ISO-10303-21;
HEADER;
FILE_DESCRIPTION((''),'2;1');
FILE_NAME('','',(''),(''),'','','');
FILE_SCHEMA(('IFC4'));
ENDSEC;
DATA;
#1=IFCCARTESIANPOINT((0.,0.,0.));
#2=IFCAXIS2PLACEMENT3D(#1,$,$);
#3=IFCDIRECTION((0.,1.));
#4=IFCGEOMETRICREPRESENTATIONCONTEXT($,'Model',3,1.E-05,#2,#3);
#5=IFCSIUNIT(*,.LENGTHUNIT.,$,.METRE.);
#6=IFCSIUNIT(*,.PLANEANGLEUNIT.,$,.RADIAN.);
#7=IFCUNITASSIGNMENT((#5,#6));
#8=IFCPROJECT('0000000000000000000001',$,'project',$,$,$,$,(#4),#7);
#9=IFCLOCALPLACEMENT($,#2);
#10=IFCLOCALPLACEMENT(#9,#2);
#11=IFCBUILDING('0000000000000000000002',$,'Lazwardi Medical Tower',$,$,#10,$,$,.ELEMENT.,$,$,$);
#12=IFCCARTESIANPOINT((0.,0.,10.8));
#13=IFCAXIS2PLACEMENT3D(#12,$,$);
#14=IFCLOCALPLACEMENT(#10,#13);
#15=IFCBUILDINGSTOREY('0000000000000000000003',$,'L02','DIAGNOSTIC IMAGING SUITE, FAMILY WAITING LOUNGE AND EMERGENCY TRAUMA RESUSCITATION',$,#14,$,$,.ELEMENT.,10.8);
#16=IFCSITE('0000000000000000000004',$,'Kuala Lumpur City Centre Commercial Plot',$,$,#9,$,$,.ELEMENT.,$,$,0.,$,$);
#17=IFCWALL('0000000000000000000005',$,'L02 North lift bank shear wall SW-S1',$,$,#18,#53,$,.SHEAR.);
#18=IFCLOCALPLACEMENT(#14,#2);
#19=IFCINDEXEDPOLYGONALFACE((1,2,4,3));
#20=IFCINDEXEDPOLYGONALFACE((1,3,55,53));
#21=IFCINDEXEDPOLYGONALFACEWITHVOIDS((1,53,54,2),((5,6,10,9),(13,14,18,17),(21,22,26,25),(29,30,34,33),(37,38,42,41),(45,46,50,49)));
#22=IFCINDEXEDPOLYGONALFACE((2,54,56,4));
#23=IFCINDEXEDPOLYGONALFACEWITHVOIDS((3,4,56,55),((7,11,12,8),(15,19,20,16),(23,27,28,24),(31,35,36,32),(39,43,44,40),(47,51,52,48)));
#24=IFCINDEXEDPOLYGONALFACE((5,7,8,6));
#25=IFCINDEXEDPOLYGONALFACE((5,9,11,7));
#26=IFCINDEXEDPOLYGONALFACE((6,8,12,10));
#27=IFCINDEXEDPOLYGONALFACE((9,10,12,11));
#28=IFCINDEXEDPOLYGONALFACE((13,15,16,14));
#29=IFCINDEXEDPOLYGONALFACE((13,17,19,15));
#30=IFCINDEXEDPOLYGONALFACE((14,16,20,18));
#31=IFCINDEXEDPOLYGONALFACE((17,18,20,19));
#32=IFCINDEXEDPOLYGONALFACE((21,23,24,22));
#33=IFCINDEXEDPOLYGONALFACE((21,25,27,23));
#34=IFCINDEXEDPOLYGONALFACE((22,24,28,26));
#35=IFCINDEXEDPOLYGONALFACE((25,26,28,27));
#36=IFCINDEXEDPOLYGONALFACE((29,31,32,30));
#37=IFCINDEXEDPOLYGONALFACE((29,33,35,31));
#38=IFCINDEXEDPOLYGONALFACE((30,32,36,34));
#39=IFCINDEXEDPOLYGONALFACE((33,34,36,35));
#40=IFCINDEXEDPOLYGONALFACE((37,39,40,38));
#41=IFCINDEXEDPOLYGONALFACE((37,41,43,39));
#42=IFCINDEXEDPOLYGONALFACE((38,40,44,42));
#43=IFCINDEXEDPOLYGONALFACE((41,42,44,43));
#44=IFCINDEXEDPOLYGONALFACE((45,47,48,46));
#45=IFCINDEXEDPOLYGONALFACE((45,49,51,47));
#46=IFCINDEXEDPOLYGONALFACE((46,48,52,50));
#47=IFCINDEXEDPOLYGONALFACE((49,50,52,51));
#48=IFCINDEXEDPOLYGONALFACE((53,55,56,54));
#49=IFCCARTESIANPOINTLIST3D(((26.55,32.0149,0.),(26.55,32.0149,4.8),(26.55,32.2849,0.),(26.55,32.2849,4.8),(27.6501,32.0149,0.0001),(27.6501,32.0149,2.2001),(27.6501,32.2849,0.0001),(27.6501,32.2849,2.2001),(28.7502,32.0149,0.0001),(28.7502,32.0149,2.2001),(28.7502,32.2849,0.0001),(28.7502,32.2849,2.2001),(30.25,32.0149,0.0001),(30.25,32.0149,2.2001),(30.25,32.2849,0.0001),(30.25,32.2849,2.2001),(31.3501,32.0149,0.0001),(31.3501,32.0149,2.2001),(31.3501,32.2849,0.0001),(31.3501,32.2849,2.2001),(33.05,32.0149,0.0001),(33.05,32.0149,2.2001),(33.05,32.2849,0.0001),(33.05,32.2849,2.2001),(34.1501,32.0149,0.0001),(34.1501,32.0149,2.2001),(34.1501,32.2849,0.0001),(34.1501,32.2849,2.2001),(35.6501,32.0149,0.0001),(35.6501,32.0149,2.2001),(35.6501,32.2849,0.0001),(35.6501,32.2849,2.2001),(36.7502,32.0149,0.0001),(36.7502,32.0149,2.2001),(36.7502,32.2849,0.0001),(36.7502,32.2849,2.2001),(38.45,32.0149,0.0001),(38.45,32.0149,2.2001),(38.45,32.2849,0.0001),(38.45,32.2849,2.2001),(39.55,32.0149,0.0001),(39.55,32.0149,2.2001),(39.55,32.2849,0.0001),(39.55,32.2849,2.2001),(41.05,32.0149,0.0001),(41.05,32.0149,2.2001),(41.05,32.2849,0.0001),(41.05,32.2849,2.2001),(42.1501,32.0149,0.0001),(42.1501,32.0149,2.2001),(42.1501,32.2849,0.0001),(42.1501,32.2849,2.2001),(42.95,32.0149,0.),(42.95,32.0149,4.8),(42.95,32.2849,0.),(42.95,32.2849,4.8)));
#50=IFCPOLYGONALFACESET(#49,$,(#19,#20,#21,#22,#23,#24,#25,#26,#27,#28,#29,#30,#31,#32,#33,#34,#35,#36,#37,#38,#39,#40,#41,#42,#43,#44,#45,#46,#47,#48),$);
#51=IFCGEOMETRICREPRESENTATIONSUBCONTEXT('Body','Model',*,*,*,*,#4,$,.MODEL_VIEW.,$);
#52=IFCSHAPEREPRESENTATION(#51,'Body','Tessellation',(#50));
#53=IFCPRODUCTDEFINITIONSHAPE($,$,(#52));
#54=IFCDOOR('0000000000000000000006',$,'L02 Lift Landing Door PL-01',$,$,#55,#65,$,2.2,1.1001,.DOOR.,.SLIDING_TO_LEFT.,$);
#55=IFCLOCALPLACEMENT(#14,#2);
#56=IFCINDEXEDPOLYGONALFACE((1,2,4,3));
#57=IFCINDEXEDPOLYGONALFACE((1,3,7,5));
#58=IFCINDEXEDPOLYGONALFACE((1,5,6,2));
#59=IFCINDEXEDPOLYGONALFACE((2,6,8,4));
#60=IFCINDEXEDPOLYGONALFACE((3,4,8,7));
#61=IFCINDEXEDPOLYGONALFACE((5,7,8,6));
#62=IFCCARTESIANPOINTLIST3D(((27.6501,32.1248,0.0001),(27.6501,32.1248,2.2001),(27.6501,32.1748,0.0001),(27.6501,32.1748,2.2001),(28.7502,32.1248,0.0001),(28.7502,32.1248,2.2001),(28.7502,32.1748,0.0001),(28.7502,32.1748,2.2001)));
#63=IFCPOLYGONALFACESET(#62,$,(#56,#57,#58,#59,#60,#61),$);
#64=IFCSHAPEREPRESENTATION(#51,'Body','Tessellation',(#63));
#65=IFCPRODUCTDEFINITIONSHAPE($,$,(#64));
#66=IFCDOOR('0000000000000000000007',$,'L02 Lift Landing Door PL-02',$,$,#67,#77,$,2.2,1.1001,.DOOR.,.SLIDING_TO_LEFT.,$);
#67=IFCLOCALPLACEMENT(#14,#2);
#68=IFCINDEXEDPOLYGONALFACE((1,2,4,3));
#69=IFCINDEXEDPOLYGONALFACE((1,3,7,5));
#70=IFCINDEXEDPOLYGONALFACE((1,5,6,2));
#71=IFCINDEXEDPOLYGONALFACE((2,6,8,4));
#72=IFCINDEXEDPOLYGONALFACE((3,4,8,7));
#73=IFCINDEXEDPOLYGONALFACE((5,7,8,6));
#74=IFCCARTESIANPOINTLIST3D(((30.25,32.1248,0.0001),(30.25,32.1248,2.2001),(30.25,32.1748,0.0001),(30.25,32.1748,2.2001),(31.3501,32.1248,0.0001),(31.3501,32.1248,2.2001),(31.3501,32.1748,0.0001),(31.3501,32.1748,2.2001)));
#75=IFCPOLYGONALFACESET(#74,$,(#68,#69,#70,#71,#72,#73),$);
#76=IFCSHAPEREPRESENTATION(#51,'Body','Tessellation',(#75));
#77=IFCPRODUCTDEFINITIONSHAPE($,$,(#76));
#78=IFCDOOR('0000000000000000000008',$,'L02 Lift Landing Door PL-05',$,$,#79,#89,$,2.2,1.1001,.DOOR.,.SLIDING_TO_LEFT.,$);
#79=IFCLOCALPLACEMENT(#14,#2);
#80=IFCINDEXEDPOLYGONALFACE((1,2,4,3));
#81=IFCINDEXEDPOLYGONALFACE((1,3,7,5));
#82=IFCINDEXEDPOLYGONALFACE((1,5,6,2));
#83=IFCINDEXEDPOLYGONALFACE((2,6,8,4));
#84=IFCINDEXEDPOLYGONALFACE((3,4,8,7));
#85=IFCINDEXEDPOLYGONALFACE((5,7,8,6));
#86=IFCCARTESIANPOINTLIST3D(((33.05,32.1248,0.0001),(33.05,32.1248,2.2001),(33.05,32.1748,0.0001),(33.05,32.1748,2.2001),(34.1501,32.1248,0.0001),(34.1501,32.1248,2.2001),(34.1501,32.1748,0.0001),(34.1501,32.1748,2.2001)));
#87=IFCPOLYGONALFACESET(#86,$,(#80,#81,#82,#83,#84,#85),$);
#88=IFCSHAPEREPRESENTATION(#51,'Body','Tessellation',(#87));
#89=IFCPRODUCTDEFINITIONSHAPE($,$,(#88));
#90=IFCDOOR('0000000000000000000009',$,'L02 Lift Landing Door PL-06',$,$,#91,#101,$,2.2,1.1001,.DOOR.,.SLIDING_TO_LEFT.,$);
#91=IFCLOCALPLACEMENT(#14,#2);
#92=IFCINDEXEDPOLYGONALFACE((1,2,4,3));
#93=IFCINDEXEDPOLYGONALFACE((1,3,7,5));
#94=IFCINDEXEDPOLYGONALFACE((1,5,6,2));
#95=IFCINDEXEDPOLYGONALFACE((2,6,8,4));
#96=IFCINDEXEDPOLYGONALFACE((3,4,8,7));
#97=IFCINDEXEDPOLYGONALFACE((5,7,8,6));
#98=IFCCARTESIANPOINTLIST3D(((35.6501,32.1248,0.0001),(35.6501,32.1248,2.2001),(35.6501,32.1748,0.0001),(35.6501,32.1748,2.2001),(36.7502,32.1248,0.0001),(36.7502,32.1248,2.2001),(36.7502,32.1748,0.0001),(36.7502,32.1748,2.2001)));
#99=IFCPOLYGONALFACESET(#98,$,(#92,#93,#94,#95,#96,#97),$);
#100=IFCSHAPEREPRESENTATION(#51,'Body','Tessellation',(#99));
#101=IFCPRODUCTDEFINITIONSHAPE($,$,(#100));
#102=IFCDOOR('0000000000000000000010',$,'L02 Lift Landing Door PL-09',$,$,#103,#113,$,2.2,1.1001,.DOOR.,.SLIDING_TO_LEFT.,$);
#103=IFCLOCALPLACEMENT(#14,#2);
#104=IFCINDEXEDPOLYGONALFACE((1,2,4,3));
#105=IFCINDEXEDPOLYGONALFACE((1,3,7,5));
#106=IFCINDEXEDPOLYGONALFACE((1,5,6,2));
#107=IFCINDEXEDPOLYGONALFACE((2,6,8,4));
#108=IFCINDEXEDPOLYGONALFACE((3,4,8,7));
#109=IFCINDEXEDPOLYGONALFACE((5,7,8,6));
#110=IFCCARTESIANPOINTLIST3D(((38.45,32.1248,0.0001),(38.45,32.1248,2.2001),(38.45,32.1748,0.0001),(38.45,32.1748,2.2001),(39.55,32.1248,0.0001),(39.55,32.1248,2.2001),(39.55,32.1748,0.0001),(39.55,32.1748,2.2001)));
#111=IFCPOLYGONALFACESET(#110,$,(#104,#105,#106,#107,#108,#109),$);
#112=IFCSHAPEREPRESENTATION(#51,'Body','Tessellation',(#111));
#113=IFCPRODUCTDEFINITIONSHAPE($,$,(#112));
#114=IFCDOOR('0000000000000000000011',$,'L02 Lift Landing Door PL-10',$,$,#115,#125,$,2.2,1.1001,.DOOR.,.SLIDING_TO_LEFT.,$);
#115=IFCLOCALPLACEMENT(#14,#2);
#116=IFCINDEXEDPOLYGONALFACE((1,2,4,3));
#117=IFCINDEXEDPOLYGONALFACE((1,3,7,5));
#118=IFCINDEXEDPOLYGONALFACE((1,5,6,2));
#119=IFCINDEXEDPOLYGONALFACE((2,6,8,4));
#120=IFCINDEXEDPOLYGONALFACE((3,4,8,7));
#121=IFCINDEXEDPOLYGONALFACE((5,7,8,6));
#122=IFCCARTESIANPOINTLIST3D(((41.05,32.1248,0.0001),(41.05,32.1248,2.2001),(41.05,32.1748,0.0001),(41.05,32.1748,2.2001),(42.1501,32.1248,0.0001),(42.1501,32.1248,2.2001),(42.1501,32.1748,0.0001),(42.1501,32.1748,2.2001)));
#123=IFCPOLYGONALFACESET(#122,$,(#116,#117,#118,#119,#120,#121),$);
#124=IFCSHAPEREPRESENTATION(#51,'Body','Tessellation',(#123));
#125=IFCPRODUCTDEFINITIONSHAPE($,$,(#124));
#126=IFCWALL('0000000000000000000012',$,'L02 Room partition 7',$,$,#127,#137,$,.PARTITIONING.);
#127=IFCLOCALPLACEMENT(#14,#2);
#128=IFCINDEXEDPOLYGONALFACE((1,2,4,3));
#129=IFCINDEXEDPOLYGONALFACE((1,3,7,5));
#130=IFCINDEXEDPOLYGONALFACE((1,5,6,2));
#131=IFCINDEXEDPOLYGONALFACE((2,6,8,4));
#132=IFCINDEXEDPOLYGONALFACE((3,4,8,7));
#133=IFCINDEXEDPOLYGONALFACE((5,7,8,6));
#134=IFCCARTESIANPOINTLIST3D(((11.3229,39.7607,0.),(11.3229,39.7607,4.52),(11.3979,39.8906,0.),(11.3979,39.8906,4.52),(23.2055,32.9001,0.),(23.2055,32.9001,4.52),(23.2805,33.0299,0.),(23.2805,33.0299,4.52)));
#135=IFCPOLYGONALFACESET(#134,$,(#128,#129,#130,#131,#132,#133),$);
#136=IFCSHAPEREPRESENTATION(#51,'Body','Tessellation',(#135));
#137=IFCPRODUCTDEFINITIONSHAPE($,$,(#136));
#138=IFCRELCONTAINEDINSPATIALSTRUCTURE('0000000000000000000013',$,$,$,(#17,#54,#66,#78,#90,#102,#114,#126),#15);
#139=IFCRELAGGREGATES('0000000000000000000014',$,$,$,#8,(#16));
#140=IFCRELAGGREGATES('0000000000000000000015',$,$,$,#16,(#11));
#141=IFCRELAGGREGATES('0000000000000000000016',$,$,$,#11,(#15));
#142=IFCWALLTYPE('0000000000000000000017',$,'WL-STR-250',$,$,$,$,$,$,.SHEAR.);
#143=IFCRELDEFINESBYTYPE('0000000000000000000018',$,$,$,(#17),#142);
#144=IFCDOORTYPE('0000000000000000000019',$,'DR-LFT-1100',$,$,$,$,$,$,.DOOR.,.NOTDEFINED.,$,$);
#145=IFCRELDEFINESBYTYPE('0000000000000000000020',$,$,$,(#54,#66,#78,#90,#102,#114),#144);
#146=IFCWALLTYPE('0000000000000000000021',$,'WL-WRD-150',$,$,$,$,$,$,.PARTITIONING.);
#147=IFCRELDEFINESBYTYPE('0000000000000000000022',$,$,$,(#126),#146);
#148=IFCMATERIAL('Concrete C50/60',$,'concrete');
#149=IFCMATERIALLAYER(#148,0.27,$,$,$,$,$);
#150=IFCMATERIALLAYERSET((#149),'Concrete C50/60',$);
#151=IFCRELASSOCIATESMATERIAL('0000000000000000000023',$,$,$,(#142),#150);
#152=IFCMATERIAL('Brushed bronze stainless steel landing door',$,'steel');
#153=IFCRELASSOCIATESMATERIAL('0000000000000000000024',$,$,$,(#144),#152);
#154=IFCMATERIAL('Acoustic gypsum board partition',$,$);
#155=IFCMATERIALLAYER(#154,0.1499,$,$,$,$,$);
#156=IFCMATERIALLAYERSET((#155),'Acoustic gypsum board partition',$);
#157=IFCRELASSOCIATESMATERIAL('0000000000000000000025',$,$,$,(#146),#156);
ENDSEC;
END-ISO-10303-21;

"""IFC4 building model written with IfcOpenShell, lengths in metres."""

from ifc_helpers import new_model, si_unit, direction, frame, frame_2d, origin, place, context, subcontext, project, spatial, rectangle, extrude, material, layer, layer_set, type_object, element, fill, save


model = new_model("IFC4")

# Units and contexts
model_context = context("Model", 3, precision=1e-05, world=origin(), true_north=direction((0.0, 1.0)))
body_context = subcontext(model_context, "Body", "Model", "MODEL_VIEW")
ifc_project = project(units=[si_unit("LENGTHUNIT", "METRE"), si_unit("PLANEANGLEUNIT", "RADIAN")], contexts=[model_context])

# Site, building, storey
site_placement = place(None, origin())
site = spatial("IfcSite", under=ifc_project, at=site_placement, Name="Kuala Lumpur City Centre Commercial Plot", CompositionType="ELEMENT", RefElevation=0.0)
building_placement = place(site_placement, origin())
building = spatial("IfcBuilding", under=site, at=building_placement, Name="Lazwardi Medical Tower", CompositionType="ELEMENT")
storey_placement = place(building_placement, frame((0.0, 0.0, 10.8)))
storey = spatial("IfcBuildingStorey", under=building, at=storey_placement, Name="L02", Description="DIAGNOSTIC IMAGING SUITE, FAMILY WAITING LOUNGE AND EMERGENCY TRAUMA RESUSCITATION", CompositionType="ELEMENT", Elevation=10.8)

# Shared definitions
ifc_material_1 = material(Name="Concrete C50/60", Category="concrete")
ifc_layer_1 = layer(ifc_material_1, 0.27)
ifc_layer_set_1 = layer_set([ifc_layer_1], Name="Concrete C50/60")
wall_type_1 = type_object("IfcWallType", Name="WL-STR-250", PredefinedType="SHEAR", material=ifc_layer_set_1)

# Wall, openings, doors
wall_1_placement = place(storey_placement, frame((26.55, 32.1499, 0.0), z_axis=(0.0, 0.0, 1.0), x_axis=(1.0, 0.0, 0.0)))
wall_1 = element("IfcWall", 1, at=wall_1_placement, inside=storey, type_object=wall_type_1, Name="L02 North lift bank shear wall SW-S1", PredefinedType="SHEAR", context=body_context, shape_type="SweptSolid", body=[
    extrude(rectangle(XDim=16.3999, YDim=0.27, at=frame_2d((8.2, 0.0))), origin(), (0.0, 0.0, 1.0), 4.8),
])
opening_1_placement = place(wall_1_placement, frame((1.1001, 0.0, 0.0)))
opening_1 = element("IfcOpeningElement", 2, at=opening_1_placement, cuts=wall_1, PredefinedType="OPENING", context=body_context, shape_type="SweptSolid", body=[
    extrude(rectangle(XDim=1.1001, YDim=2.2, at=frame_2d((0.55, 1.1001))), frame((0.0, 0.145, 0.0), z_axis=(0.0, -1.0, 0.0), x_axis=(1.0, 0.0, 0.0)), (0.0, 0.0, 1.0), 0.29),
])
opening_2_placement = place(wall_1_placement, frame((3.7, 0.0, 0.0)))
opening_2 = element("IfcOpeningElement", 3, at=opening_2_placement, cuts=wall_1, PredefinedType="OPENING", context=body_context, shape_type="SweptSolid", body=[
    extrude(rectangle(XDim=1.1001, YDim=2.2, at=frame_2d((0.55, 1.1001))), frame((0.0, 0.145, 0.0), z_axis=(0.0, -1.0, 0.0), x_axis=(1.0, 0.0, 0.0)), (0.0, 0.0, 1.0), 0.29),
])
opening_3_placement = place(wall_1_placement, frame((6.5, 0.0, 0.0)))
opening_3 = element("IfcOpeningElement", 4, at=opening_3_placement, cuts=wall_1, PredefinedType="OPENING", context=body_context, shape_type="SweptSolid", body=[
    extrude(rectangle(XDim=1.1001, YDim=2.2, at=frame_2d((0.55, 1.1001))), frame((0.0, 0.145, 0.0), z_axis=(0.0, -1.0, 0.0), x_axis=(1.0, 0.0, 0.0)), (0.0, 0.0, 1.0), 0.29),
])
opening_4_placement = place(wall_1_placement, frame((9.1001, 0.0, 0.0)))
opening_4 = element("IfcOpeningElement", 5, at=opening_4_placement, cuts=wall_1, PredefinedType="OPENING", context=body_context, shape_type="SweptSolid", body=[
    extrude(rectangle(XDim=1.1001, YDim=2.2, at=frame_2d((0.55, 1.1001))), frame((0.0, 0.145, 0.0), z_axis=(0.0, -1.0, 0.0), x_axis=(1.0, 0.0, 0.0)), (0.0, 0.0, 1.0), 0.29),
])
opening_5_placement = place(wall_1_placement, frame((11.8999, 0.0, 0.0)))
opening_5 = element("IfcOpeningElement", 6, at=opening_5_placement, cuts=wall_1, PredefinedType="OPENING", context=body_context, shape_type="SweptSolid", body=[
    extrude(rectangle(XDim=1.1001, YDim=2.2, at=frame_2d((0.55, 1.1001))), frame((0.0, 0.145, 0.0), z_axis=(0.0, -1.0, 0.0), x_axis=(1.0, 0.0, 0.0)), (0.0, 0.0, 1.0), 0.29),
])
opening_6_placement = place(wall_1_placement, frame((14.5, 0.0, 0.0)))
opening_6 = element("IfcOpeningElement", 7, at=opening_6_placement, cuts=wall_1, PredefinedType="OPENING", context=body_context, shape_type="SweptSolid", body=[
    extrude(rectangle(XDim=1.1001, YDim=2.2, at=frame_2d((0.55, 1.1001))), frame((0.0, 0.145, 0.0), z_axis=(0.0, -1.0, 0.0), x_axis=(1.0, 0.0, 0.0)), (0.0, 0.0, 1.0), 0.29),
])
ifc_material_2 = material(Name="Brushed bronze stainless steel landing door", Category="steel")
door_type_1 = type_object("IfcDoorType", Name="DR-LFT-1100", OperationType="NOTDEFINED", PredefinedType="DOOR", material=ifc_material_2)
door_1_placement = place(opening_1_placement, origin())
door_1 = element("IfcDoor", 8, at=door_1_placement, inside=storey, type_object=door_type_1, Name="L02 Lift Landing Door PL-01", OperationType="SLIDING_TO_LEFT", OverallHeight=2.2, OverallWidth=1.1001, PredefinedType="DOOR", context=body_context, shape_type="SweptSolid", body=[
    extrude(rectangle(XDim=1.1001, YDim=2.2, at=frame_2d((0.55, 1.1001))), frame((0.0, 0.0249, 0.0), z_axis=(0.0, -1.0, 0.0), x_axis=(1.0, 0.0, 0.0)), (0.0, 0.0, 1.0), 0.05),
])
fill(opening_1, door_1)
door_2_placement = place(opening_2_placement, origin())
door_2 = element("IfcDoor", 9, at=door_2_placement, inside=storey, type_object=door_type_1, Name="L02 Lift Landing Door PL-02", OperationType="SLIDING_TO_LEFT", OverallHeight=2.2, OverallWidth=1.1001, PredefinedType="DOOR", context=body_context, shape_type="SweptSolid", body=[
    extrude(rectangle(XDim=1.1001, YDim=2.2, at=frame_2d((0.55, 1.1001))), frame((0.0, 0.0249, 0.0), z_axis=(0.0, -1.0, 0.0), x_axis=(1.0, 0.0, 0.0)), (0.0, 0.0, 1.0), 0.05),
])
fill(opening_2, door_2)
door_3_placement = place(opening_3_placement, origin())
door_3 = element("IfcDoor", 10, at=door_3_placement, inside=storey, type_object=door_type_1, Name="L02 Lift Landing Door PL-05", OperationType="SLIDING_TO_LEFT", OverallHeight=2.2, OverallWidth=1.1001, PredefinedType="DOOR", context=body_context, shape_type="SweptSolid", body=[
    extrude(rectangle(XDim=1.1001, YDim=2.2, at=frame_2d((0.55, 1.1001))), frame((0.0, 0.0249, 0.0), z_axis=(0.0, -1.0, 0.0), x_axis=(1.0, 0.0, 0.0)), (0.0, 0.0, 1.0), 0.05),
])
fill(opening_3, door_3)
door_4_placement = place(opening_4_placement, origin())
door_4 = element("IfcDoor", 11, at=door_4_placement, inside=storey, type_object=door_type_1, Name="L02 Lift Landing Door PL-06", OperationType="SLIDING_TO_LEFT", OverallHeight=2.2, OverallWidth=1.1001, PredefinedType="DOOR", context=body_context, shape_type="SweptSolid", body=[
    extrude(rectangle(XDim=1.1001, YDim=2.2, at=frame_2d((0.55, 1.1001))), frame((0.0, 0.0249, 0.0), z_axis=(0.0, -1.0, 0.0), x_axis=(1.0, 0.0, 0.0)), (0.0, 0.0, 1.0), 0.05),
])
fill(opening_4, door_4)
door_5_placement = place(opening_5_placement, origin())
door_5 = element("IfcDoor", 12, at=door_5_placement, inside=storey, type_object=door_type_1, Name="L02 Lift Landing Door PL-09", OperationType="SLIDING_TO_LEFT", OverallHeight=2.2, OverallWidth=1.1001, PredefinedType="DOOR", context=body_context, shape_type="SweptSolid", body=[
    extrude(rectangle(XDim=1.1001, YDim=2.2, at=frame_2d((0.55, 1.1001))), frame((0.0, 0.0249, 0.0), z_axis=(0.0, -1.0, 0.0), x_axis=(1.0, 0.0, 0.0)), (0.0, 0.0, 1.0), 0.05),
])
fill(opening_5, door_5)
door_6_placement = place(opening_6_placement, origin())
door_6 = element("IfcDoor", 13, at=door_6_placement, inside=storey, type_object=door_type_1, Name="L02 Lift Landing Door PL-10", OperationType="SLIDING_TO_LEFT", OverallHeight=2.2, OverallWidth=1.1001, PredefinedType="DOOR", context=body_context, shape_type="SweptSolid", body=[
    extrude(rectangle(XDim=1.1001, YDim=2.2, at=frame_2d((0.55, 1.1001))), frame((0.0, 0.0249, 0.0), z_axis=(0.0, -1.0, 0.0), x_axis=(1.0, 0.0, 0.0)), (0.0, 0.0, 1.0), 0.05),
])
fill(opening_6, door_6)

# Wall
ifc_material_3 = material(Name="Acoustic gypsum board partition")
ifc_layer_2 = layer(ifc_material_3, 0.1499)
ifc_layer_set_2 = layer_set([ifc_layer_2], Name="Acoustic gypsum board partition")
wall_type_2 = type_object("IfcWallType", Name="WL-WRD-150", PredefinedType="PARTITIONING", material=ifc_layer_set_2)
wall_2_placement = place(storey_placement, frame((23.2429, 32.9651, 0.0), z_axis=(0.0, 0.0, 1.0), x_axis=(-0.866019, 0.50001, 0.0)))
element("IfcWall", 14, at=wall_2_placement, inside=storey, type_object=wall_type_2, Name="L02 Room partition 7", PredefinedType="PARTITIONING", context=body_context, shape_type="SweptSolid", body=[
    extrude(rectangle(XDim=13.7209, YDim=0.1499, at=frame_2d((6.8604, 0.0))), origin(), (0.0, 0.0, 1.0), 4.52),
])

save(model, "model.ifc")
